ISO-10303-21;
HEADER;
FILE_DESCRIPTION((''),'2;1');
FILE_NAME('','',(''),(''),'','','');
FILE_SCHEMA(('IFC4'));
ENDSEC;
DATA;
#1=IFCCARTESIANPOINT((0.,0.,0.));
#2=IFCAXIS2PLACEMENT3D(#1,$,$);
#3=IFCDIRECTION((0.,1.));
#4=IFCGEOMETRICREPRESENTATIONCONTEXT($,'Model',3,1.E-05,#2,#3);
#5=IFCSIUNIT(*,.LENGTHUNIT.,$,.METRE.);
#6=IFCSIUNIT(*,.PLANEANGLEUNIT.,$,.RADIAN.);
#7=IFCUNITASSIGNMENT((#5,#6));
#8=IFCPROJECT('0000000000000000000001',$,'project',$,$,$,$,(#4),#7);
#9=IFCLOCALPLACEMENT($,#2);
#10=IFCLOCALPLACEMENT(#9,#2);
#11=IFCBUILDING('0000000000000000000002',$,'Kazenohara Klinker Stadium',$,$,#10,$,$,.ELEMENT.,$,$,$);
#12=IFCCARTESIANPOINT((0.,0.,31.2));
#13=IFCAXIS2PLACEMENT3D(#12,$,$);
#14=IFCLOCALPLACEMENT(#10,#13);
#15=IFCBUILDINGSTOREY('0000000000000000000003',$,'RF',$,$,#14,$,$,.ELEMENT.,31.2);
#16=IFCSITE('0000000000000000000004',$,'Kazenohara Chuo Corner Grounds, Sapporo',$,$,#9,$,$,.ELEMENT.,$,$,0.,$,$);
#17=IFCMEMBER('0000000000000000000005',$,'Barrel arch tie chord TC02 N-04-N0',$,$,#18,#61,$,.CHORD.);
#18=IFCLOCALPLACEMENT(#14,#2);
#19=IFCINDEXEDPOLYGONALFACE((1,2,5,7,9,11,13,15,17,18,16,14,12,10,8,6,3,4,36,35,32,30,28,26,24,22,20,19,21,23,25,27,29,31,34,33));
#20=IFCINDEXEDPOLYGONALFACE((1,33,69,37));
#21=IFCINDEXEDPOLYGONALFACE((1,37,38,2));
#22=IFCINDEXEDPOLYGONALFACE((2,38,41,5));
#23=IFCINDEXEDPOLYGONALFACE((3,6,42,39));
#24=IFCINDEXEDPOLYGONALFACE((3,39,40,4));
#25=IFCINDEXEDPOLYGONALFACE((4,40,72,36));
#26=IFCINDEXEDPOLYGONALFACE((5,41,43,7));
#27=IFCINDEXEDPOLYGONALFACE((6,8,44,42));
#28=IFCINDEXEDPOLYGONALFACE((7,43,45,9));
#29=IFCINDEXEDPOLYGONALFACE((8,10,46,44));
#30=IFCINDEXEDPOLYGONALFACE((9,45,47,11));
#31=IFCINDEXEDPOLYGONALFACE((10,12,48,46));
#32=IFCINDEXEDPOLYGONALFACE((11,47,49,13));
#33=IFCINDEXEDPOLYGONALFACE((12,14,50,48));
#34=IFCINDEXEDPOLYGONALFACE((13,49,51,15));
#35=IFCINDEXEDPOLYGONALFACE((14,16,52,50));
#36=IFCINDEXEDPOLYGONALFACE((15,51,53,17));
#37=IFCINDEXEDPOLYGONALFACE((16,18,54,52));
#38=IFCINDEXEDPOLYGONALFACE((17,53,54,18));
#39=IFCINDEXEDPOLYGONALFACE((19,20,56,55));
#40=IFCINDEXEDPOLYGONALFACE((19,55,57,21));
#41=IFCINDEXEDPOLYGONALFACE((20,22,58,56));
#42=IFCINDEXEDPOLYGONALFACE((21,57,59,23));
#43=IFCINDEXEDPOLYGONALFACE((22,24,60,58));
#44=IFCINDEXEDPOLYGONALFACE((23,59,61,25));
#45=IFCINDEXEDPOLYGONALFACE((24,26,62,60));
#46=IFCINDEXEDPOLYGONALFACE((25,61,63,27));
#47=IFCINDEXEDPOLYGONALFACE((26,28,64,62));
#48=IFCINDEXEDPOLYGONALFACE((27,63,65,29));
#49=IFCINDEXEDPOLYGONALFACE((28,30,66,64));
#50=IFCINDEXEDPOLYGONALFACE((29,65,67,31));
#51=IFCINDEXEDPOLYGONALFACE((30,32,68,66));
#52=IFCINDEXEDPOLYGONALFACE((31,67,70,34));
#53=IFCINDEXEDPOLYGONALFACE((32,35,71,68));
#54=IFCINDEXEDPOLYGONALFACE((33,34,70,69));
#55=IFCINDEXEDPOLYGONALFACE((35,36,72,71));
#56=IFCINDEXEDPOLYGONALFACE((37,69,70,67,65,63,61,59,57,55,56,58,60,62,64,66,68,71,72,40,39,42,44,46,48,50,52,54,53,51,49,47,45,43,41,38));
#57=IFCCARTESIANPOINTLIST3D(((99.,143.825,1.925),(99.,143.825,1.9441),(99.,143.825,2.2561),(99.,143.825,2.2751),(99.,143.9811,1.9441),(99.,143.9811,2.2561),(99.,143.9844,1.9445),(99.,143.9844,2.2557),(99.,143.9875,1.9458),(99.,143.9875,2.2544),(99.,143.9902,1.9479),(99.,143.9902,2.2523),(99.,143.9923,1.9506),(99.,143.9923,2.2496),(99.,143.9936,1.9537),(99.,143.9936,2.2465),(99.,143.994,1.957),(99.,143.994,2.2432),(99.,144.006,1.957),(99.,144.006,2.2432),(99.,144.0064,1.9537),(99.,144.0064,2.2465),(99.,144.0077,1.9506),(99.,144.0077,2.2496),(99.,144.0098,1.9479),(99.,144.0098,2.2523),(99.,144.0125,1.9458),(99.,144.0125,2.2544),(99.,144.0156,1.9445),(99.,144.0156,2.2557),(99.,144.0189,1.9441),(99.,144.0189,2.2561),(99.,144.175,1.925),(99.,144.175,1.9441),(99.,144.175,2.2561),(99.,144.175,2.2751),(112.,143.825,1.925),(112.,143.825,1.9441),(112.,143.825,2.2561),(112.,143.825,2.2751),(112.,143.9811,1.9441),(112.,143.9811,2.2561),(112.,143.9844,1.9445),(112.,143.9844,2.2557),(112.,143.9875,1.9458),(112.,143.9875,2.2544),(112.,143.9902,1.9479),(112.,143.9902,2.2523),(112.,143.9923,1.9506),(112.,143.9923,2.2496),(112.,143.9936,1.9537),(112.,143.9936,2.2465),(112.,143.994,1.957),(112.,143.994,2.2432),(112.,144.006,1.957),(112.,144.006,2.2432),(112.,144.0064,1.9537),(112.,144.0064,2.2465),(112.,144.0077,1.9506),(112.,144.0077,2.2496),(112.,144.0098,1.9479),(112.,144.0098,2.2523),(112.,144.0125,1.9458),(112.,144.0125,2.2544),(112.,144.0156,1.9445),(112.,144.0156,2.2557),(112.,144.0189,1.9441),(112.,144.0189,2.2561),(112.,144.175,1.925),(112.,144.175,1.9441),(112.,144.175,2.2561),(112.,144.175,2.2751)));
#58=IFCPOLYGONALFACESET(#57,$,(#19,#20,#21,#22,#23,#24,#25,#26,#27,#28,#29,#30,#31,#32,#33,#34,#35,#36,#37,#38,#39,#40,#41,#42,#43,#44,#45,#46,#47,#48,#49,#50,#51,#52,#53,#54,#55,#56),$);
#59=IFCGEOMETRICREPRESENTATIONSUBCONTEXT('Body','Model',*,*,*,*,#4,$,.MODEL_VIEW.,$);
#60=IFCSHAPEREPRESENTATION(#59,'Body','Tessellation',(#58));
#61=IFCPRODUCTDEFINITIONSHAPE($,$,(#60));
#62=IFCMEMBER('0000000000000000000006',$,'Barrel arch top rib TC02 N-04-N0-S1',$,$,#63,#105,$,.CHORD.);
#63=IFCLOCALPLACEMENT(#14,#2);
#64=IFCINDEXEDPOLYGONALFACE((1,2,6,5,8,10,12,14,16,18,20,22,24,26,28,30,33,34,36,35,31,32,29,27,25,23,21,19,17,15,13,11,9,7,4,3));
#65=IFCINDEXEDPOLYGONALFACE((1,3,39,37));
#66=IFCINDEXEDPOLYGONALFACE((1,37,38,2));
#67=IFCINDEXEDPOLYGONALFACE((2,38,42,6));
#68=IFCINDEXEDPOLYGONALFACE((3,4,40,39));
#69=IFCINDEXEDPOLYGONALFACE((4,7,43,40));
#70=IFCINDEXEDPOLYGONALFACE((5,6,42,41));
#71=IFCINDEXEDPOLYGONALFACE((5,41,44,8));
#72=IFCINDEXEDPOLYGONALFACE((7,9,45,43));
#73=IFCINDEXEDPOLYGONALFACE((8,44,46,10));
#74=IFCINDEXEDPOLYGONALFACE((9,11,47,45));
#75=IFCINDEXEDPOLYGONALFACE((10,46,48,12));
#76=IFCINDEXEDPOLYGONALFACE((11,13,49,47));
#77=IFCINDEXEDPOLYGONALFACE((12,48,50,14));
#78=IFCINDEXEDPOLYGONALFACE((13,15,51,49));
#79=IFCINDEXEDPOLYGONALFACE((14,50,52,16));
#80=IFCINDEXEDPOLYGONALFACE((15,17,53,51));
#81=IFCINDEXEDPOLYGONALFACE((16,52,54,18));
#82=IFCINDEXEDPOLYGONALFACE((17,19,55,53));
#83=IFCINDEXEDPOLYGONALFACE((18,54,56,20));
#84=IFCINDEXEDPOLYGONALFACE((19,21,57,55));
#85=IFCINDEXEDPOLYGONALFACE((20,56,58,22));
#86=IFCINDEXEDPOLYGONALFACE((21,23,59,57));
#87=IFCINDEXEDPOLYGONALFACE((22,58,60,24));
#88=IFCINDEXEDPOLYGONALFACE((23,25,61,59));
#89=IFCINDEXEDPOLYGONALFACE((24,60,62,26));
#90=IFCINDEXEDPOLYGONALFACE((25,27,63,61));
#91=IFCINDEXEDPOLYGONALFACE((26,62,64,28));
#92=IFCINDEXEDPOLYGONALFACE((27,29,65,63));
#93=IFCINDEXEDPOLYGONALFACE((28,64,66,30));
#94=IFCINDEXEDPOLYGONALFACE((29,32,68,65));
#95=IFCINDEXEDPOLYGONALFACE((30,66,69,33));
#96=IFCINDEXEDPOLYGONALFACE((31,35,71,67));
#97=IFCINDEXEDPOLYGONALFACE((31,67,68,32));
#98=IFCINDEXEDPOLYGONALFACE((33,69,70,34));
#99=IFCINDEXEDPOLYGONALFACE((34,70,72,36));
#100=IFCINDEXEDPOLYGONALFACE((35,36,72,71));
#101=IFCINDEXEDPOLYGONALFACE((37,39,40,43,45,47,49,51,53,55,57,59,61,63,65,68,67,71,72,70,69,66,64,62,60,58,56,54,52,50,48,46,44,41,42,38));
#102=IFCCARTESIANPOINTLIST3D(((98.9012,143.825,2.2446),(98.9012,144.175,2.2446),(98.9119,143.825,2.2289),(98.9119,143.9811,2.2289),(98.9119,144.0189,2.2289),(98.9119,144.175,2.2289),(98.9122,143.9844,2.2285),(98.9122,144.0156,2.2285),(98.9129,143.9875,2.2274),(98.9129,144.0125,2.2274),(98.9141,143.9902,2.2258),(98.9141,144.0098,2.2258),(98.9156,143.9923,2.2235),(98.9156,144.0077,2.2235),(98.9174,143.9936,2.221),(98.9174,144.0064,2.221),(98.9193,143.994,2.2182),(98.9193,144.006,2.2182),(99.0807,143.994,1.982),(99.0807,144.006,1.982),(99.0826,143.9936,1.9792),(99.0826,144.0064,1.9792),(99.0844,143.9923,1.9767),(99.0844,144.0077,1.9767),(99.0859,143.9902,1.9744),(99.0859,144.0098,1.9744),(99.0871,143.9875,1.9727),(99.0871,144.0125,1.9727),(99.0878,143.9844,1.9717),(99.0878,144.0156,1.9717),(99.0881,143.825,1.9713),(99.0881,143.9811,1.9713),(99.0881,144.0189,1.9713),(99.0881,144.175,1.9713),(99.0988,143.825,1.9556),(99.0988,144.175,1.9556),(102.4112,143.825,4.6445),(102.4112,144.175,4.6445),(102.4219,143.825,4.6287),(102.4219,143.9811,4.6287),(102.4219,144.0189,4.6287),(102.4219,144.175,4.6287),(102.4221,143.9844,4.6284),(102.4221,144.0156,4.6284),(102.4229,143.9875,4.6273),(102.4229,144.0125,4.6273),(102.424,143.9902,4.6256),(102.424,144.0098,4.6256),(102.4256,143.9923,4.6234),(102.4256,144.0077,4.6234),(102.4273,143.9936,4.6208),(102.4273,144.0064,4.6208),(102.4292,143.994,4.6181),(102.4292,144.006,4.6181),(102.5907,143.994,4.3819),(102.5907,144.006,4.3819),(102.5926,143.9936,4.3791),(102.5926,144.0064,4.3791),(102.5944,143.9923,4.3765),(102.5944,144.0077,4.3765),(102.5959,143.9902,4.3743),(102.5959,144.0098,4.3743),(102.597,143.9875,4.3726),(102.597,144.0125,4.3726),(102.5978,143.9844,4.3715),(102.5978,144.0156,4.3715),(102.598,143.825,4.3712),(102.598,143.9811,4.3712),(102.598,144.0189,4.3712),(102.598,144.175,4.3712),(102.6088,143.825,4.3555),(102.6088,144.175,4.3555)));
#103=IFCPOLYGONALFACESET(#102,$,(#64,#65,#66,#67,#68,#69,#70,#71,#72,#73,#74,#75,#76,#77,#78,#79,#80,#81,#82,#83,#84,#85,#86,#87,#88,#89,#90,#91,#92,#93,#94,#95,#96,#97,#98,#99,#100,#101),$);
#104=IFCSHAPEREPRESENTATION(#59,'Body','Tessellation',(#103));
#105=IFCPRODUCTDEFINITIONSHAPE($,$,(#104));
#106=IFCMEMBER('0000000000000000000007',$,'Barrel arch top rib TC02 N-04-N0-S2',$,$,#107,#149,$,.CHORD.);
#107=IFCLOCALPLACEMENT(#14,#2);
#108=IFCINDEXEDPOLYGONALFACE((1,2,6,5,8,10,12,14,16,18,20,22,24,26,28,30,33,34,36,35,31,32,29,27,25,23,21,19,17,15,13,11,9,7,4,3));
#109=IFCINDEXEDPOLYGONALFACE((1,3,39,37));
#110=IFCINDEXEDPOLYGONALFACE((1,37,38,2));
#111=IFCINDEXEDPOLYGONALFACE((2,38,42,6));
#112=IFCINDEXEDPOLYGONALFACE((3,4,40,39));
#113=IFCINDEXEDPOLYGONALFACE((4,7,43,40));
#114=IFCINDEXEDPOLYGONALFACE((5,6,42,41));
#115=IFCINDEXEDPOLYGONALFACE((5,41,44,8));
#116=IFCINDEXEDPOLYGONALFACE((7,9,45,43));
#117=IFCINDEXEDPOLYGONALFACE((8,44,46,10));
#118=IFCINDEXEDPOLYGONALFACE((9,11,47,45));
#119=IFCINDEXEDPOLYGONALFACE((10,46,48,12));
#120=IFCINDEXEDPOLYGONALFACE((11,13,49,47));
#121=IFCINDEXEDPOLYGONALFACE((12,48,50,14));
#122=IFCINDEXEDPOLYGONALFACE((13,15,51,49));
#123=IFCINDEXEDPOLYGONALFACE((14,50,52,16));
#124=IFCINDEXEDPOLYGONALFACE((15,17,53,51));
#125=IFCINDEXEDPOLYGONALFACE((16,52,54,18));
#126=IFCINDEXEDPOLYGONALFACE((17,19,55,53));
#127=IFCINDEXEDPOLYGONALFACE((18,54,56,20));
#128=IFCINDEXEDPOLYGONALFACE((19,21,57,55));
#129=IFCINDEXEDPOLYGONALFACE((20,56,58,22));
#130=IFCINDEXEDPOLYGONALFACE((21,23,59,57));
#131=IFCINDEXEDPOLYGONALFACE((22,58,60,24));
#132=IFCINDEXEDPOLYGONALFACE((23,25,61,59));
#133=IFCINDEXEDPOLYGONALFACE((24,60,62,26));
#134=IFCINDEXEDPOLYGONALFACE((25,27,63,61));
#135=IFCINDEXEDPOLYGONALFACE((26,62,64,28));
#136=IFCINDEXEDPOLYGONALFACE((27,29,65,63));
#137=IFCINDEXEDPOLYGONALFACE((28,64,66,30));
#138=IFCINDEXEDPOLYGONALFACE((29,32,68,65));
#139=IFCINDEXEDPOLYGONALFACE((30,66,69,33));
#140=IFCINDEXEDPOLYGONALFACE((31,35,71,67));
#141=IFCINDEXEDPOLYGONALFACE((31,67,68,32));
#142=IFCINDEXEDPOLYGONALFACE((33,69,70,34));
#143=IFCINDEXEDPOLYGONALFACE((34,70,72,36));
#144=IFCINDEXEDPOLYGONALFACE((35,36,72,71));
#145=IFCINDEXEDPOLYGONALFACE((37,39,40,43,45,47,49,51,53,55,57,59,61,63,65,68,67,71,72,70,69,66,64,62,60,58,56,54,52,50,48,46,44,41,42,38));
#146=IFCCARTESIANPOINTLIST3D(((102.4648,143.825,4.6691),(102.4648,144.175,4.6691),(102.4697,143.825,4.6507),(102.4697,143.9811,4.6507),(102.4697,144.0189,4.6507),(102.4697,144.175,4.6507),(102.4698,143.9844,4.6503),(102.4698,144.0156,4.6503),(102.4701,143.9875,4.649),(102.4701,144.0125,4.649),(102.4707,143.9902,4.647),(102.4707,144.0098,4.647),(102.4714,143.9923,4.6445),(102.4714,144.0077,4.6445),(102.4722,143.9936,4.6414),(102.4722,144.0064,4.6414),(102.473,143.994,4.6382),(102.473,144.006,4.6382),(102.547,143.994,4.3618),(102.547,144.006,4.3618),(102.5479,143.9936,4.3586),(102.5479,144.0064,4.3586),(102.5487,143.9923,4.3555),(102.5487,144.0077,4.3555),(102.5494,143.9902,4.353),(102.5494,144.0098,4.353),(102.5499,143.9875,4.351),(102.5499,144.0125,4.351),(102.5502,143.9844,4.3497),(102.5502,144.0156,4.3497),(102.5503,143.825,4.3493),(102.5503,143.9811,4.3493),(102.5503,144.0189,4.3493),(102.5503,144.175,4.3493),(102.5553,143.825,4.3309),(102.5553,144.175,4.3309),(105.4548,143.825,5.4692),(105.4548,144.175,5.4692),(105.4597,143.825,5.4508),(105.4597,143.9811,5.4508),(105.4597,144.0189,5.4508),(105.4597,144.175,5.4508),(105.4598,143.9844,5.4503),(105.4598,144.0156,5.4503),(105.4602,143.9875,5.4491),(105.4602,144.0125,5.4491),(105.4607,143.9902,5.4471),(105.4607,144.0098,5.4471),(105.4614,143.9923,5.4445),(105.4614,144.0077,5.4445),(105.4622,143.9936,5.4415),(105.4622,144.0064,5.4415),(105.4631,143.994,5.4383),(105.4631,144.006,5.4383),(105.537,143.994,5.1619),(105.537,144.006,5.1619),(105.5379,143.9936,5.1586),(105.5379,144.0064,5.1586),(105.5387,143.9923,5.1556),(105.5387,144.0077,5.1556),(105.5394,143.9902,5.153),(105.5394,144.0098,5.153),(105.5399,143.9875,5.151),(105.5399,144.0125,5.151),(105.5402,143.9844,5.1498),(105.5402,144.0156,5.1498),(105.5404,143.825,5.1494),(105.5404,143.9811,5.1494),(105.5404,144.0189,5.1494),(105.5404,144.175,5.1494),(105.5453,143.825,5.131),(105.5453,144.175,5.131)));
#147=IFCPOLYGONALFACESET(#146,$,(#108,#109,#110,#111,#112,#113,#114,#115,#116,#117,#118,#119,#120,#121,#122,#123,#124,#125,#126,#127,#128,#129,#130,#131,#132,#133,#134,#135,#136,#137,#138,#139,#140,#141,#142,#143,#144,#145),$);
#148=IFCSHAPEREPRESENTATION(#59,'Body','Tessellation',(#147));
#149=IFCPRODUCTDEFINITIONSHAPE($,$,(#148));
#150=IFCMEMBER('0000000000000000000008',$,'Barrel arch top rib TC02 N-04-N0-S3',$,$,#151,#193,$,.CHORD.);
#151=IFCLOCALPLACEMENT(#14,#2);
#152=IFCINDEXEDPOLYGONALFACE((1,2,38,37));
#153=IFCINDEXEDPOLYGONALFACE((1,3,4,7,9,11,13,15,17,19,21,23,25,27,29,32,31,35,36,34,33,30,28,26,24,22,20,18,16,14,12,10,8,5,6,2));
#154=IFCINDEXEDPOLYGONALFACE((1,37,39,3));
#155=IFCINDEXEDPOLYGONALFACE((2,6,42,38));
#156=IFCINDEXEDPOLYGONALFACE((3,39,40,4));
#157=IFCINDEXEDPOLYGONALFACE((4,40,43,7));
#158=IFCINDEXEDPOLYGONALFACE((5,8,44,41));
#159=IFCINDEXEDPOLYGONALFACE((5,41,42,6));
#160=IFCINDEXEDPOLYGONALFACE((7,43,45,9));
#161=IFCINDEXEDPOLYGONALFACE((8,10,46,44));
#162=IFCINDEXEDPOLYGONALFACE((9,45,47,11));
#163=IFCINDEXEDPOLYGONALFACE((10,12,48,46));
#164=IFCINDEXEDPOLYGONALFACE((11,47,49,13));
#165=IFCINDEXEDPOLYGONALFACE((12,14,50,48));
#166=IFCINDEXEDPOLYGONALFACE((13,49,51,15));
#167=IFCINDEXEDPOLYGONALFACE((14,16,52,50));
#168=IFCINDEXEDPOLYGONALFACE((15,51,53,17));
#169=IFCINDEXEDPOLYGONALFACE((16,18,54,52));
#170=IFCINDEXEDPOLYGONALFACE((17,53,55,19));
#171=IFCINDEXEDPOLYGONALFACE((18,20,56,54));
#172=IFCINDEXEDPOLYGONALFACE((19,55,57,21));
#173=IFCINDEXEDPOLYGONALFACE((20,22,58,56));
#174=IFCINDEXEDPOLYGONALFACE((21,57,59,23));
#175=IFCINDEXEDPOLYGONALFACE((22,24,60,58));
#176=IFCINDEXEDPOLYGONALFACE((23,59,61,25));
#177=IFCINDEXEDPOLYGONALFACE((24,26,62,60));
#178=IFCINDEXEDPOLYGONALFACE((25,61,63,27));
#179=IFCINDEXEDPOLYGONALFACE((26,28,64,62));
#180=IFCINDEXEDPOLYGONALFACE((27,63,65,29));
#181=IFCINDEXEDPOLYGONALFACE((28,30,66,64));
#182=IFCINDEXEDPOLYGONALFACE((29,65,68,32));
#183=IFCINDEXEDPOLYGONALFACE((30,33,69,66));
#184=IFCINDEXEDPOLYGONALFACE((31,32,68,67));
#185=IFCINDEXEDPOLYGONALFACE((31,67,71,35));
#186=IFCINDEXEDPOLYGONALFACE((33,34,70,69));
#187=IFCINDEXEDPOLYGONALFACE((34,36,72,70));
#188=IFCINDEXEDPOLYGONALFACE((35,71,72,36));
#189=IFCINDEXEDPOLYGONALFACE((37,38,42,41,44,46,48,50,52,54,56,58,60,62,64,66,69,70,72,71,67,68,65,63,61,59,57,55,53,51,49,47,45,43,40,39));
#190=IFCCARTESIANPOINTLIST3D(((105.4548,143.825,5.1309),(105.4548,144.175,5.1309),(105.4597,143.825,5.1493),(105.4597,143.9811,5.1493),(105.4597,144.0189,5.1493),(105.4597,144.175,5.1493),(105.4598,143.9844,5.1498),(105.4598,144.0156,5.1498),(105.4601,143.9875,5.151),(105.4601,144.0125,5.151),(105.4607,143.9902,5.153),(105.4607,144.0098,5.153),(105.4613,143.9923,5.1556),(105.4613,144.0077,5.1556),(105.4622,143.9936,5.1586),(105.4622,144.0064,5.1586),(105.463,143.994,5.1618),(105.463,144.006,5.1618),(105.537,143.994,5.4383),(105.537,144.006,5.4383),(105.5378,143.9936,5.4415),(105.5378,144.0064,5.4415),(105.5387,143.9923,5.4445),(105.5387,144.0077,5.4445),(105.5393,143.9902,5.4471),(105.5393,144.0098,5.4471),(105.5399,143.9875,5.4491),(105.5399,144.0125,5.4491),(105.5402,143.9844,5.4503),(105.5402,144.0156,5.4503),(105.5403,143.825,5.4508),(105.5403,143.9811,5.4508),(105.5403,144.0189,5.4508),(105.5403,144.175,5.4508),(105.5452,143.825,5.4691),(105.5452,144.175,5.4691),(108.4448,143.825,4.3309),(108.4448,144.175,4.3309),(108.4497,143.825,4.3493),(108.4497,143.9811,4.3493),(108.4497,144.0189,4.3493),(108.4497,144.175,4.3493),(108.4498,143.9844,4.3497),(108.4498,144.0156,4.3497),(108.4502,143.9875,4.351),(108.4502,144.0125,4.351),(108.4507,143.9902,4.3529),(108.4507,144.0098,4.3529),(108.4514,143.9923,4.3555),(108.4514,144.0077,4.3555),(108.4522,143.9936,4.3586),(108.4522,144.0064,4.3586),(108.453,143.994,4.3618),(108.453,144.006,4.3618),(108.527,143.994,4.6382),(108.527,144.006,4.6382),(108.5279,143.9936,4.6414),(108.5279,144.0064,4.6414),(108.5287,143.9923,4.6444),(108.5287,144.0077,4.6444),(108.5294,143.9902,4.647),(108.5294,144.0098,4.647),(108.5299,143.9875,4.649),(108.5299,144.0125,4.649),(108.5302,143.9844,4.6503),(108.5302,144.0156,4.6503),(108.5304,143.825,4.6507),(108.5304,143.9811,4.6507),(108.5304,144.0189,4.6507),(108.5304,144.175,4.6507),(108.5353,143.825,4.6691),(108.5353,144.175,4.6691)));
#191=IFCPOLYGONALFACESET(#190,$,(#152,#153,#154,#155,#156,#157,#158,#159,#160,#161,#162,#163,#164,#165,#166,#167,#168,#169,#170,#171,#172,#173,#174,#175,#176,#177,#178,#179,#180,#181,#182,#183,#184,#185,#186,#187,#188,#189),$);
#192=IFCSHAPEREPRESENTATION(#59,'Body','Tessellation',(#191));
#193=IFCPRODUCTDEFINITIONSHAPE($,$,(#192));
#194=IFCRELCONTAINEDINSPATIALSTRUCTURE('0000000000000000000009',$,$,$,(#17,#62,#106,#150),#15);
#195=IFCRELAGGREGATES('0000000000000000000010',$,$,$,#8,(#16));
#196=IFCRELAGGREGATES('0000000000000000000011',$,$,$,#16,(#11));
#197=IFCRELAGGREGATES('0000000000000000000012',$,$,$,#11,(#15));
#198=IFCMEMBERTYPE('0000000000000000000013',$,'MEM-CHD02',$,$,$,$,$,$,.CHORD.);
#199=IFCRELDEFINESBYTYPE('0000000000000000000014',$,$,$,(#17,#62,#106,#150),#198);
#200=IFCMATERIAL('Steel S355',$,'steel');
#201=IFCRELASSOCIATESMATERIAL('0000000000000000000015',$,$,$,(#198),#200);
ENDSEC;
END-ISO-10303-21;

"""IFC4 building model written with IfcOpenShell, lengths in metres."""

from ifc_helpers import new_model, si_unit, direction, frame, origin, origin_2d, place, context, subcontext, project, spatial, i_section, extrude, material, material_profile, profile_set, type_object, element, save


model = new_model("IFC4")

# Units and contexts
model_context = context("Model", 3, precision=1e-05, world=origin(), true_north=direction((0.0, 1.0)))
body_context = subcontext(model_context, "Body", "Model", "MODEL_VIEW")
ifc_project = project(units=[si_unit("LENGTHUNIT", "METRE"), si_unit("PLANEANGLEUNIT", "RADIAN")], contexts=[model_context])

# Site, building, storey
site_placement = place(None, origin())
site = spatial("IfcSite", under=ifc_project, at=site_placement, Name="Kazenohara Chuo Corner Grounds, Sapporo", CompositionType="ELEMENT", RefElevation=0.0)
building_placement = place(site_placement, origin())
building = spatial("IfcBuilding", under=site, at=building_placement, Name="Kazenohara Klinker Stadium", CompositionType="ELEMENT")
storey_placement = place(building_placement, frame((0.0, 0.0, 31.2)))
storey = spatial("IfcBuildingStorey", under=building, at=storey_placement, Name="RF", CompositionType="ELEMENT", Elevation=31.2)

# Members
ifc_material_1 = material(Name="Steel S355", Category="steel")
ifc_material_profile_1 = material_profile(ifc_material_1, i_section(OverallWidth=0.3501, OverallDepth=0.3501, WebThickness=0.012, FlangeThickness=0.019, FilletRadius=0.0129, at=origin_2d()), Name="H-350x350x12x19")
ifc_profile_set_1 = profile_set([ifc_material_profile_1], Name="Steel S355")
member_type_1 = type_object("IfcMemberType", Name="MEM-CHD02", PredefinedType="CHORD", material=ifc_profile_set_1)
member_1_placement = place(storey_placement, frame((99.0, 144.0, 2.1001), z_axis=(1.0, 0.0, 0.0), x_axis=(0.0, 1.0, 0.0)))
element("IfcMember", 1, at=member_1_placement, inside=storey, type_object=member_type_1, Name="Barrel arch tie chord TC02 N-04-N0", PredefinedType="CHORD", context=body_context, shape_type="SweptSolid", body=[
    extrude(i_section(OverallWidth=0.3501, OverallDepth=0.3501, WebThickness=0.012, FlangeThickness=0.019, FilletRadius=0.0129, at=origin_2d()), origin(), (0.0, 0.0, 1.0), 13.0),
])
member_2_placement = place(storey_placement, frame((99.0, 144.0, 2.1001), z_axis=(0.825492, 0.0, 0.564414), x_axis=(0.0, 1.0, 0.0)))
element("IfcMember", 2, at=member_2_placement, inside=storey, type_object=member_type_1, Name="Barrel arch top rib TC02 N-04-N0-S1", PredefinedType="CHORD", context=body_context, shape_type="SweptSolid", body=[
    extrude(i_section(OverallWidth=0.3501, OverallDepth=0.3501, WebThickness=0.012, FlangeThickness=0.019, FilletRadius=0.0129, at=origin_2d()), origin(), (0.0, 0.0, 1.0), 4.252),
])
for number, where, z_axis, x_axis, name in (
    (3, (102.51, 144.0, 4.5), (0.966016, 0.0, 0.258482), (0.0, 1.0, 0.0), "Barrel arch top rib TC02 N-04-N0-S2"),
    (4, (105.5, 144.0, 5.3), (0.966016, 0.0, -0.258482), (0.0, 1.0, 0.0), "Barrel arch top rib TC02 N-04-N0-S3"),
):
    element("IfcMember", number, at=place(storey_placement, frame(where, z_axis=z_axis, x_axis=x_axis)), inside=storey, type_object=member_type_1, Name=name, PredefinedType="CHORD", context=body_context, shape_type="SweptSolid", body=[
        extrude(i_section(OverallWidth=0.3501, OverallDepth=0.3501, WebThickness=0.012, FlangeThickness=0.019, FilletRadius=0.0129, at=origin_2d()), origin(), (0.0, 0.0, 1.0), 3.0952),
    ])

save(model, "model.ifc")
